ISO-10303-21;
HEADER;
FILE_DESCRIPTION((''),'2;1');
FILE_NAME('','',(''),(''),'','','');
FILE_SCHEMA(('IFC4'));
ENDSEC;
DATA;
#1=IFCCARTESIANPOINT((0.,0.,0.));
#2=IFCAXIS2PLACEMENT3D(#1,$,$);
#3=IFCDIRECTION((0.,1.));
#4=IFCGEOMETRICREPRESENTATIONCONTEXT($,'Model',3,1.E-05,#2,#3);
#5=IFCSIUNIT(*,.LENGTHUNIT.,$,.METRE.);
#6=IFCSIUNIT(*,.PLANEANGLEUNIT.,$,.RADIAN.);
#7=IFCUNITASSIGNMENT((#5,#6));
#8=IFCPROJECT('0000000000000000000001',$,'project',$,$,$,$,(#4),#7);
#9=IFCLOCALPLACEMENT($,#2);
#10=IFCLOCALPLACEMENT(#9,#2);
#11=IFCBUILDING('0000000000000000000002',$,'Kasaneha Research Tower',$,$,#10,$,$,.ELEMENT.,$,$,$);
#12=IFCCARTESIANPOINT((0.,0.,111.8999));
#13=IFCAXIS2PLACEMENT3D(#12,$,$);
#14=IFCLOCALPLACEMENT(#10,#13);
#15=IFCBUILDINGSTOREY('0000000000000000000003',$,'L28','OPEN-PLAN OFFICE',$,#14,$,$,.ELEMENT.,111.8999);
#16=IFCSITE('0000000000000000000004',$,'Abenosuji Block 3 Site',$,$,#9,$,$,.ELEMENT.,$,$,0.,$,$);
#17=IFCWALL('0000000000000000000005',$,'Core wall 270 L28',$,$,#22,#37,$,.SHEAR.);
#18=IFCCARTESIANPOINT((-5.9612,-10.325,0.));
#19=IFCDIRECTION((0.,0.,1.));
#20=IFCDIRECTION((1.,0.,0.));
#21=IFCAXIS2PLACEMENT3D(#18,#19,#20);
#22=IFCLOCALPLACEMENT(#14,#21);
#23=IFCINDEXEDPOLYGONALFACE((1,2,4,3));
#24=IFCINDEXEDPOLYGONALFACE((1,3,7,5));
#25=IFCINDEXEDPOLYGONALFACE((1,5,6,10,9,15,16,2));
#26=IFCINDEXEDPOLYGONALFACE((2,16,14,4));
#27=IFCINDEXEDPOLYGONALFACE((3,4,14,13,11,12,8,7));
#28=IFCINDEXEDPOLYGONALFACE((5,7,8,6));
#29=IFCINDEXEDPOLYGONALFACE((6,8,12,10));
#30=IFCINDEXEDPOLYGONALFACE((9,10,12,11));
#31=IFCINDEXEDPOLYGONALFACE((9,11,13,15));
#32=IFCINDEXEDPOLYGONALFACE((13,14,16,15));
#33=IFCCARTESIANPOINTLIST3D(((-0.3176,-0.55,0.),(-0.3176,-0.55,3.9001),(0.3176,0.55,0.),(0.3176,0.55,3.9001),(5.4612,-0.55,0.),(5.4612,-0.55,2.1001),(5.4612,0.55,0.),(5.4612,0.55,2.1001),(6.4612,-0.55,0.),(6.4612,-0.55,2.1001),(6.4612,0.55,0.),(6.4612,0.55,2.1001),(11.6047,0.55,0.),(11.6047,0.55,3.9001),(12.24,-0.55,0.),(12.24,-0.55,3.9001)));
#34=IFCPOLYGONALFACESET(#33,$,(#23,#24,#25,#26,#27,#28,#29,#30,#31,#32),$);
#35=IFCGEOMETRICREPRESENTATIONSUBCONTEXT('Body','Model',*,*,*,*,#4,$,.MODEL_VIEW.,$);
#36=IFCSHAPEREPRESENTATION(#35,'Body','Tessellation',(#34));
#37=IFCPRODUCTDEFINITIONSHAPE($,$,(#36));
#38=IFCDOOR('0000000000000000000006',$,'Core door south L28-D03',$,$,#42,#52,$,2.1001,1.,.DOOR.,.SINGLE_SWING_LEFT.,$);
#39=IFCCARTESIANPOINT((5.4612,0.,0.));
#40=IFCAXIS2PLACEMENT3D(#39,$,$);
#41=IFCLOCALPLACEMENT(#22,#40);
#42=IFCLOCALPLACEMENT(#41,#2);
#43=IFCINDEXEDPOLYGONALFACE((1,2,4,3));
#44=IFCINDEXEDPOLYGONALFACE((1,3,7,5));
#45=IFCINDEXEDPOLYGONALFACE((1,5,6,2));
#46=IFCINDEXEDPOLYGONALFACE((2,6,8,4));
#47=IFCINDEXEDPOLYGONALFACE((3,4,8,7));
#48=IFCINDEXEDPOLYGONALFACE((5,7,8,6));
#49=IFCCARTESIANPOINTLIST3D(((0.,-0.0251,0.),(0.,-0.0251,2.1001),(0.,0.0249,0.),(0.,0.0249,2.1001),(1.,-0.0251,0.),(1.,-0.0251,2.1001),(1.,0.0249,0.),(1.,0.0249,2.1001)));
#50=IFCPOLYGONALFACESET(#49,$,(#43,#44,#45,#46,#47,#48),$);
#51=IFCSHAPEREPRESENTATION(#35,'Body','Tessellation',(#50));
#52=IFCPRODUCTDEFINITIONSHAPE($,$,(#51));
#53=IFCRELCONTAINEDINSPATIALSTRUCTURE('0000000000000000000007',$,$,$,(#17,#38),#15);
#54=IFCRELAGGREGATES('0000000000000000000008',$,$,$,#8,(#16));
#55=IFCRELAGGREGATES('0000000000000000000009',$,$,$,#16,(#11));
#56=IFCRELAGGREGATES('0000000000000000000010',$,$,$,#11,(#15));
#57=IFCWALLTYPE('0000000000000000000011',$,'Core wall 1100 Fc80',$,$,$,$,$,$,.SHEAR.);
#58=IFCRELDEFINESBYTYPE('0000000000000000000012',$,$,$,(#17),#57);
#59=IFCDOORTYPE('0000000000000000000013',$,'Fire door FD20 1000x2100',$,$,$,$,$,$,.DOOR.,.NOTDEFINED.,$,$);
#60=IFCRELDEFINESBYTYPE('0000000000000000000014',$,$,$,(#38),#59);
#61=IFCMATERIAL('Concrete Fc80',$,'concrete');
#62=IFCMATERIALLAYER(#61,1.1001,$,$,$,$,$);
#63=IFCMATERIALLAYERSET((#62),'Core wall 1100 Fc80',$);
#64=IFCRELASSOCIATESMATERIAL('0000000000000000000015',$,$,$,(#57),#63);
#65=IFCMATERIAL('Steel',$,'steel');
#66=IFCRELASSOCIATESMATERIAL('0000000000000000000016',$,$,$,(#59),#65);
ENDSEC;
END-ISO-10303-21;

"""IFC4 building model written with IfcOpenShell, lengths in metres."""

from ifc_helpers import new_model, si_unit, direction, frame, frame_2d, origin, place, context, subcontext, project, spatial, polyline, rectangle, outline, extrude, material, layer, layer_set, type_object, element, fill, save


model = new_model("IFC4")

# Units and contexts
model_context = context("Model", 3, precision=1e-05, world=origin(), true_north=direction((0.0, 1.0)))
body_context = subcontext(model_context, "Body", "Model", "MODEL_VIEW")
ifc_project = project(units=[si_unit("LENGTHUNIT", "METRE"), si_unit("PLANEANGLEUNIT", "RADIAN")], contexts=[model_context])

# Site, building, storey
site_placement = place(None, origin())
site = spatial("IfcSite", under=ifc_project, at=site_placement, Name="Abenosuji Block 3 Site", CompositionType="ELEMENT", RefElevation=0.0)
building_placement = place(site_placement, origin())
building = spatial("IfcBuilding", under=site, at=building_placement, Name="Kasaneha Research Tower", CompositionType="ELEMENT")
storey_placement = place(building_placement, frame((0.0, 0.0, 111.8999)))
storey = spatial("IfcBuildingStorey", under=building, at=storey_placement, Name="L28", Description="OPEN-PLAN OFFICE", CompositionType="ELEMENT", Elevation=111.8999)

# Wall, opening, door
ifc_material_1 = material(Name="Concrete Fc80", Category="concrete")
ifc_layer_1 = layer(ifc_material_1, 1.1001)
ifc_layer_set_1 = layer_set([ifc_layer_1], Name="Core wall 1100 Fc80")
wall_type_1 = type_object("IfcWallType", Name="Core wall 1100 Fc80", PredefinedType="SHEAR", material=ifc_layer_set_1)
wall_1_placement = place(storey_placement, frame((-5.9612, -10.325, 0.0), z_axis=(0.0, 0.0, 1.0), x_axis=(1.0, 0.0, 0.0)))
wall_1 = element("IfcWall", 1, at=wall_1_placement, inside=storey, type_object=wall_type_1, Name="Core wall 270 L28", PredefinedType="SHEAR", context=body_context, shape_type="SweptSolid", body=[
    extrude(outline(polyline([(-0.3176, -0.55), (5.4612, -0.55), (6.4612, -0.55), (12.24, -0.55), (11.6047, 0.55), (6.4612, 0.55), (5.4612, 0.55), (0.3176, 0.55), (-0.3176, -0.55)])), origin(), (0.0, 0.0, 1.0), 3.9001),
])
opening_1_placement = place(wall_1_placement, frame((5.4612, 0.0, 0.0)))
opening_1 = element("IfcOpeningElement", 2, at=opening_1_placement, cuts=wall_1, PredefinedType="OPENING", context=body_context, shape_type="SweptSolid", body=[
    extrude(rectangle(XDim=1.0, YDim=2.1001, at=frame_2d((0.5, 1.05))), frame((0.0, 0.5601, 0.0), z_axis=(0.0, -1.0, 0.0), x_axis=(1.0, 0.0, 0.0)), (0.0, 0.0, 1.0), 1.1201),
])
ifc_material_2 = material(Name="Steel", Category="steel")
door_type_1 = type_object("IfcDoorType", Name="Fire door FD20 1000x2100", OperationType="NOTDEFINED", PredefinedType="DOOR", material=ifc_material_2)
door_1_placement = place(opening_1_placement, origin())
door_1 = element("IfcDoor", 3, at=door_1_placement, inside=storey, type_object=door_type_1, Name="Core door south L28-D03", OperationType="SINGLE_SWING_LEFT", OverallHeight=2.1001, OverallWidth=1.0, PredefinedType="DOOR", context=body_context, shape_type="SweptSolid", body=[
    extrude(rectangle(XDim=1.0, YDim=2.1001, at=frame_2d((0.5, 1.05))), frame((0.0, 0.0249, 0.0), z_axis=(0.0, -1.0, 0.0), x_axis=(1.0, 0.0, 0.0)), (0.0, 0.0, 1.0), 0.05),
])
fill(opening_1, door_1)

save(model, "model.ifc")
